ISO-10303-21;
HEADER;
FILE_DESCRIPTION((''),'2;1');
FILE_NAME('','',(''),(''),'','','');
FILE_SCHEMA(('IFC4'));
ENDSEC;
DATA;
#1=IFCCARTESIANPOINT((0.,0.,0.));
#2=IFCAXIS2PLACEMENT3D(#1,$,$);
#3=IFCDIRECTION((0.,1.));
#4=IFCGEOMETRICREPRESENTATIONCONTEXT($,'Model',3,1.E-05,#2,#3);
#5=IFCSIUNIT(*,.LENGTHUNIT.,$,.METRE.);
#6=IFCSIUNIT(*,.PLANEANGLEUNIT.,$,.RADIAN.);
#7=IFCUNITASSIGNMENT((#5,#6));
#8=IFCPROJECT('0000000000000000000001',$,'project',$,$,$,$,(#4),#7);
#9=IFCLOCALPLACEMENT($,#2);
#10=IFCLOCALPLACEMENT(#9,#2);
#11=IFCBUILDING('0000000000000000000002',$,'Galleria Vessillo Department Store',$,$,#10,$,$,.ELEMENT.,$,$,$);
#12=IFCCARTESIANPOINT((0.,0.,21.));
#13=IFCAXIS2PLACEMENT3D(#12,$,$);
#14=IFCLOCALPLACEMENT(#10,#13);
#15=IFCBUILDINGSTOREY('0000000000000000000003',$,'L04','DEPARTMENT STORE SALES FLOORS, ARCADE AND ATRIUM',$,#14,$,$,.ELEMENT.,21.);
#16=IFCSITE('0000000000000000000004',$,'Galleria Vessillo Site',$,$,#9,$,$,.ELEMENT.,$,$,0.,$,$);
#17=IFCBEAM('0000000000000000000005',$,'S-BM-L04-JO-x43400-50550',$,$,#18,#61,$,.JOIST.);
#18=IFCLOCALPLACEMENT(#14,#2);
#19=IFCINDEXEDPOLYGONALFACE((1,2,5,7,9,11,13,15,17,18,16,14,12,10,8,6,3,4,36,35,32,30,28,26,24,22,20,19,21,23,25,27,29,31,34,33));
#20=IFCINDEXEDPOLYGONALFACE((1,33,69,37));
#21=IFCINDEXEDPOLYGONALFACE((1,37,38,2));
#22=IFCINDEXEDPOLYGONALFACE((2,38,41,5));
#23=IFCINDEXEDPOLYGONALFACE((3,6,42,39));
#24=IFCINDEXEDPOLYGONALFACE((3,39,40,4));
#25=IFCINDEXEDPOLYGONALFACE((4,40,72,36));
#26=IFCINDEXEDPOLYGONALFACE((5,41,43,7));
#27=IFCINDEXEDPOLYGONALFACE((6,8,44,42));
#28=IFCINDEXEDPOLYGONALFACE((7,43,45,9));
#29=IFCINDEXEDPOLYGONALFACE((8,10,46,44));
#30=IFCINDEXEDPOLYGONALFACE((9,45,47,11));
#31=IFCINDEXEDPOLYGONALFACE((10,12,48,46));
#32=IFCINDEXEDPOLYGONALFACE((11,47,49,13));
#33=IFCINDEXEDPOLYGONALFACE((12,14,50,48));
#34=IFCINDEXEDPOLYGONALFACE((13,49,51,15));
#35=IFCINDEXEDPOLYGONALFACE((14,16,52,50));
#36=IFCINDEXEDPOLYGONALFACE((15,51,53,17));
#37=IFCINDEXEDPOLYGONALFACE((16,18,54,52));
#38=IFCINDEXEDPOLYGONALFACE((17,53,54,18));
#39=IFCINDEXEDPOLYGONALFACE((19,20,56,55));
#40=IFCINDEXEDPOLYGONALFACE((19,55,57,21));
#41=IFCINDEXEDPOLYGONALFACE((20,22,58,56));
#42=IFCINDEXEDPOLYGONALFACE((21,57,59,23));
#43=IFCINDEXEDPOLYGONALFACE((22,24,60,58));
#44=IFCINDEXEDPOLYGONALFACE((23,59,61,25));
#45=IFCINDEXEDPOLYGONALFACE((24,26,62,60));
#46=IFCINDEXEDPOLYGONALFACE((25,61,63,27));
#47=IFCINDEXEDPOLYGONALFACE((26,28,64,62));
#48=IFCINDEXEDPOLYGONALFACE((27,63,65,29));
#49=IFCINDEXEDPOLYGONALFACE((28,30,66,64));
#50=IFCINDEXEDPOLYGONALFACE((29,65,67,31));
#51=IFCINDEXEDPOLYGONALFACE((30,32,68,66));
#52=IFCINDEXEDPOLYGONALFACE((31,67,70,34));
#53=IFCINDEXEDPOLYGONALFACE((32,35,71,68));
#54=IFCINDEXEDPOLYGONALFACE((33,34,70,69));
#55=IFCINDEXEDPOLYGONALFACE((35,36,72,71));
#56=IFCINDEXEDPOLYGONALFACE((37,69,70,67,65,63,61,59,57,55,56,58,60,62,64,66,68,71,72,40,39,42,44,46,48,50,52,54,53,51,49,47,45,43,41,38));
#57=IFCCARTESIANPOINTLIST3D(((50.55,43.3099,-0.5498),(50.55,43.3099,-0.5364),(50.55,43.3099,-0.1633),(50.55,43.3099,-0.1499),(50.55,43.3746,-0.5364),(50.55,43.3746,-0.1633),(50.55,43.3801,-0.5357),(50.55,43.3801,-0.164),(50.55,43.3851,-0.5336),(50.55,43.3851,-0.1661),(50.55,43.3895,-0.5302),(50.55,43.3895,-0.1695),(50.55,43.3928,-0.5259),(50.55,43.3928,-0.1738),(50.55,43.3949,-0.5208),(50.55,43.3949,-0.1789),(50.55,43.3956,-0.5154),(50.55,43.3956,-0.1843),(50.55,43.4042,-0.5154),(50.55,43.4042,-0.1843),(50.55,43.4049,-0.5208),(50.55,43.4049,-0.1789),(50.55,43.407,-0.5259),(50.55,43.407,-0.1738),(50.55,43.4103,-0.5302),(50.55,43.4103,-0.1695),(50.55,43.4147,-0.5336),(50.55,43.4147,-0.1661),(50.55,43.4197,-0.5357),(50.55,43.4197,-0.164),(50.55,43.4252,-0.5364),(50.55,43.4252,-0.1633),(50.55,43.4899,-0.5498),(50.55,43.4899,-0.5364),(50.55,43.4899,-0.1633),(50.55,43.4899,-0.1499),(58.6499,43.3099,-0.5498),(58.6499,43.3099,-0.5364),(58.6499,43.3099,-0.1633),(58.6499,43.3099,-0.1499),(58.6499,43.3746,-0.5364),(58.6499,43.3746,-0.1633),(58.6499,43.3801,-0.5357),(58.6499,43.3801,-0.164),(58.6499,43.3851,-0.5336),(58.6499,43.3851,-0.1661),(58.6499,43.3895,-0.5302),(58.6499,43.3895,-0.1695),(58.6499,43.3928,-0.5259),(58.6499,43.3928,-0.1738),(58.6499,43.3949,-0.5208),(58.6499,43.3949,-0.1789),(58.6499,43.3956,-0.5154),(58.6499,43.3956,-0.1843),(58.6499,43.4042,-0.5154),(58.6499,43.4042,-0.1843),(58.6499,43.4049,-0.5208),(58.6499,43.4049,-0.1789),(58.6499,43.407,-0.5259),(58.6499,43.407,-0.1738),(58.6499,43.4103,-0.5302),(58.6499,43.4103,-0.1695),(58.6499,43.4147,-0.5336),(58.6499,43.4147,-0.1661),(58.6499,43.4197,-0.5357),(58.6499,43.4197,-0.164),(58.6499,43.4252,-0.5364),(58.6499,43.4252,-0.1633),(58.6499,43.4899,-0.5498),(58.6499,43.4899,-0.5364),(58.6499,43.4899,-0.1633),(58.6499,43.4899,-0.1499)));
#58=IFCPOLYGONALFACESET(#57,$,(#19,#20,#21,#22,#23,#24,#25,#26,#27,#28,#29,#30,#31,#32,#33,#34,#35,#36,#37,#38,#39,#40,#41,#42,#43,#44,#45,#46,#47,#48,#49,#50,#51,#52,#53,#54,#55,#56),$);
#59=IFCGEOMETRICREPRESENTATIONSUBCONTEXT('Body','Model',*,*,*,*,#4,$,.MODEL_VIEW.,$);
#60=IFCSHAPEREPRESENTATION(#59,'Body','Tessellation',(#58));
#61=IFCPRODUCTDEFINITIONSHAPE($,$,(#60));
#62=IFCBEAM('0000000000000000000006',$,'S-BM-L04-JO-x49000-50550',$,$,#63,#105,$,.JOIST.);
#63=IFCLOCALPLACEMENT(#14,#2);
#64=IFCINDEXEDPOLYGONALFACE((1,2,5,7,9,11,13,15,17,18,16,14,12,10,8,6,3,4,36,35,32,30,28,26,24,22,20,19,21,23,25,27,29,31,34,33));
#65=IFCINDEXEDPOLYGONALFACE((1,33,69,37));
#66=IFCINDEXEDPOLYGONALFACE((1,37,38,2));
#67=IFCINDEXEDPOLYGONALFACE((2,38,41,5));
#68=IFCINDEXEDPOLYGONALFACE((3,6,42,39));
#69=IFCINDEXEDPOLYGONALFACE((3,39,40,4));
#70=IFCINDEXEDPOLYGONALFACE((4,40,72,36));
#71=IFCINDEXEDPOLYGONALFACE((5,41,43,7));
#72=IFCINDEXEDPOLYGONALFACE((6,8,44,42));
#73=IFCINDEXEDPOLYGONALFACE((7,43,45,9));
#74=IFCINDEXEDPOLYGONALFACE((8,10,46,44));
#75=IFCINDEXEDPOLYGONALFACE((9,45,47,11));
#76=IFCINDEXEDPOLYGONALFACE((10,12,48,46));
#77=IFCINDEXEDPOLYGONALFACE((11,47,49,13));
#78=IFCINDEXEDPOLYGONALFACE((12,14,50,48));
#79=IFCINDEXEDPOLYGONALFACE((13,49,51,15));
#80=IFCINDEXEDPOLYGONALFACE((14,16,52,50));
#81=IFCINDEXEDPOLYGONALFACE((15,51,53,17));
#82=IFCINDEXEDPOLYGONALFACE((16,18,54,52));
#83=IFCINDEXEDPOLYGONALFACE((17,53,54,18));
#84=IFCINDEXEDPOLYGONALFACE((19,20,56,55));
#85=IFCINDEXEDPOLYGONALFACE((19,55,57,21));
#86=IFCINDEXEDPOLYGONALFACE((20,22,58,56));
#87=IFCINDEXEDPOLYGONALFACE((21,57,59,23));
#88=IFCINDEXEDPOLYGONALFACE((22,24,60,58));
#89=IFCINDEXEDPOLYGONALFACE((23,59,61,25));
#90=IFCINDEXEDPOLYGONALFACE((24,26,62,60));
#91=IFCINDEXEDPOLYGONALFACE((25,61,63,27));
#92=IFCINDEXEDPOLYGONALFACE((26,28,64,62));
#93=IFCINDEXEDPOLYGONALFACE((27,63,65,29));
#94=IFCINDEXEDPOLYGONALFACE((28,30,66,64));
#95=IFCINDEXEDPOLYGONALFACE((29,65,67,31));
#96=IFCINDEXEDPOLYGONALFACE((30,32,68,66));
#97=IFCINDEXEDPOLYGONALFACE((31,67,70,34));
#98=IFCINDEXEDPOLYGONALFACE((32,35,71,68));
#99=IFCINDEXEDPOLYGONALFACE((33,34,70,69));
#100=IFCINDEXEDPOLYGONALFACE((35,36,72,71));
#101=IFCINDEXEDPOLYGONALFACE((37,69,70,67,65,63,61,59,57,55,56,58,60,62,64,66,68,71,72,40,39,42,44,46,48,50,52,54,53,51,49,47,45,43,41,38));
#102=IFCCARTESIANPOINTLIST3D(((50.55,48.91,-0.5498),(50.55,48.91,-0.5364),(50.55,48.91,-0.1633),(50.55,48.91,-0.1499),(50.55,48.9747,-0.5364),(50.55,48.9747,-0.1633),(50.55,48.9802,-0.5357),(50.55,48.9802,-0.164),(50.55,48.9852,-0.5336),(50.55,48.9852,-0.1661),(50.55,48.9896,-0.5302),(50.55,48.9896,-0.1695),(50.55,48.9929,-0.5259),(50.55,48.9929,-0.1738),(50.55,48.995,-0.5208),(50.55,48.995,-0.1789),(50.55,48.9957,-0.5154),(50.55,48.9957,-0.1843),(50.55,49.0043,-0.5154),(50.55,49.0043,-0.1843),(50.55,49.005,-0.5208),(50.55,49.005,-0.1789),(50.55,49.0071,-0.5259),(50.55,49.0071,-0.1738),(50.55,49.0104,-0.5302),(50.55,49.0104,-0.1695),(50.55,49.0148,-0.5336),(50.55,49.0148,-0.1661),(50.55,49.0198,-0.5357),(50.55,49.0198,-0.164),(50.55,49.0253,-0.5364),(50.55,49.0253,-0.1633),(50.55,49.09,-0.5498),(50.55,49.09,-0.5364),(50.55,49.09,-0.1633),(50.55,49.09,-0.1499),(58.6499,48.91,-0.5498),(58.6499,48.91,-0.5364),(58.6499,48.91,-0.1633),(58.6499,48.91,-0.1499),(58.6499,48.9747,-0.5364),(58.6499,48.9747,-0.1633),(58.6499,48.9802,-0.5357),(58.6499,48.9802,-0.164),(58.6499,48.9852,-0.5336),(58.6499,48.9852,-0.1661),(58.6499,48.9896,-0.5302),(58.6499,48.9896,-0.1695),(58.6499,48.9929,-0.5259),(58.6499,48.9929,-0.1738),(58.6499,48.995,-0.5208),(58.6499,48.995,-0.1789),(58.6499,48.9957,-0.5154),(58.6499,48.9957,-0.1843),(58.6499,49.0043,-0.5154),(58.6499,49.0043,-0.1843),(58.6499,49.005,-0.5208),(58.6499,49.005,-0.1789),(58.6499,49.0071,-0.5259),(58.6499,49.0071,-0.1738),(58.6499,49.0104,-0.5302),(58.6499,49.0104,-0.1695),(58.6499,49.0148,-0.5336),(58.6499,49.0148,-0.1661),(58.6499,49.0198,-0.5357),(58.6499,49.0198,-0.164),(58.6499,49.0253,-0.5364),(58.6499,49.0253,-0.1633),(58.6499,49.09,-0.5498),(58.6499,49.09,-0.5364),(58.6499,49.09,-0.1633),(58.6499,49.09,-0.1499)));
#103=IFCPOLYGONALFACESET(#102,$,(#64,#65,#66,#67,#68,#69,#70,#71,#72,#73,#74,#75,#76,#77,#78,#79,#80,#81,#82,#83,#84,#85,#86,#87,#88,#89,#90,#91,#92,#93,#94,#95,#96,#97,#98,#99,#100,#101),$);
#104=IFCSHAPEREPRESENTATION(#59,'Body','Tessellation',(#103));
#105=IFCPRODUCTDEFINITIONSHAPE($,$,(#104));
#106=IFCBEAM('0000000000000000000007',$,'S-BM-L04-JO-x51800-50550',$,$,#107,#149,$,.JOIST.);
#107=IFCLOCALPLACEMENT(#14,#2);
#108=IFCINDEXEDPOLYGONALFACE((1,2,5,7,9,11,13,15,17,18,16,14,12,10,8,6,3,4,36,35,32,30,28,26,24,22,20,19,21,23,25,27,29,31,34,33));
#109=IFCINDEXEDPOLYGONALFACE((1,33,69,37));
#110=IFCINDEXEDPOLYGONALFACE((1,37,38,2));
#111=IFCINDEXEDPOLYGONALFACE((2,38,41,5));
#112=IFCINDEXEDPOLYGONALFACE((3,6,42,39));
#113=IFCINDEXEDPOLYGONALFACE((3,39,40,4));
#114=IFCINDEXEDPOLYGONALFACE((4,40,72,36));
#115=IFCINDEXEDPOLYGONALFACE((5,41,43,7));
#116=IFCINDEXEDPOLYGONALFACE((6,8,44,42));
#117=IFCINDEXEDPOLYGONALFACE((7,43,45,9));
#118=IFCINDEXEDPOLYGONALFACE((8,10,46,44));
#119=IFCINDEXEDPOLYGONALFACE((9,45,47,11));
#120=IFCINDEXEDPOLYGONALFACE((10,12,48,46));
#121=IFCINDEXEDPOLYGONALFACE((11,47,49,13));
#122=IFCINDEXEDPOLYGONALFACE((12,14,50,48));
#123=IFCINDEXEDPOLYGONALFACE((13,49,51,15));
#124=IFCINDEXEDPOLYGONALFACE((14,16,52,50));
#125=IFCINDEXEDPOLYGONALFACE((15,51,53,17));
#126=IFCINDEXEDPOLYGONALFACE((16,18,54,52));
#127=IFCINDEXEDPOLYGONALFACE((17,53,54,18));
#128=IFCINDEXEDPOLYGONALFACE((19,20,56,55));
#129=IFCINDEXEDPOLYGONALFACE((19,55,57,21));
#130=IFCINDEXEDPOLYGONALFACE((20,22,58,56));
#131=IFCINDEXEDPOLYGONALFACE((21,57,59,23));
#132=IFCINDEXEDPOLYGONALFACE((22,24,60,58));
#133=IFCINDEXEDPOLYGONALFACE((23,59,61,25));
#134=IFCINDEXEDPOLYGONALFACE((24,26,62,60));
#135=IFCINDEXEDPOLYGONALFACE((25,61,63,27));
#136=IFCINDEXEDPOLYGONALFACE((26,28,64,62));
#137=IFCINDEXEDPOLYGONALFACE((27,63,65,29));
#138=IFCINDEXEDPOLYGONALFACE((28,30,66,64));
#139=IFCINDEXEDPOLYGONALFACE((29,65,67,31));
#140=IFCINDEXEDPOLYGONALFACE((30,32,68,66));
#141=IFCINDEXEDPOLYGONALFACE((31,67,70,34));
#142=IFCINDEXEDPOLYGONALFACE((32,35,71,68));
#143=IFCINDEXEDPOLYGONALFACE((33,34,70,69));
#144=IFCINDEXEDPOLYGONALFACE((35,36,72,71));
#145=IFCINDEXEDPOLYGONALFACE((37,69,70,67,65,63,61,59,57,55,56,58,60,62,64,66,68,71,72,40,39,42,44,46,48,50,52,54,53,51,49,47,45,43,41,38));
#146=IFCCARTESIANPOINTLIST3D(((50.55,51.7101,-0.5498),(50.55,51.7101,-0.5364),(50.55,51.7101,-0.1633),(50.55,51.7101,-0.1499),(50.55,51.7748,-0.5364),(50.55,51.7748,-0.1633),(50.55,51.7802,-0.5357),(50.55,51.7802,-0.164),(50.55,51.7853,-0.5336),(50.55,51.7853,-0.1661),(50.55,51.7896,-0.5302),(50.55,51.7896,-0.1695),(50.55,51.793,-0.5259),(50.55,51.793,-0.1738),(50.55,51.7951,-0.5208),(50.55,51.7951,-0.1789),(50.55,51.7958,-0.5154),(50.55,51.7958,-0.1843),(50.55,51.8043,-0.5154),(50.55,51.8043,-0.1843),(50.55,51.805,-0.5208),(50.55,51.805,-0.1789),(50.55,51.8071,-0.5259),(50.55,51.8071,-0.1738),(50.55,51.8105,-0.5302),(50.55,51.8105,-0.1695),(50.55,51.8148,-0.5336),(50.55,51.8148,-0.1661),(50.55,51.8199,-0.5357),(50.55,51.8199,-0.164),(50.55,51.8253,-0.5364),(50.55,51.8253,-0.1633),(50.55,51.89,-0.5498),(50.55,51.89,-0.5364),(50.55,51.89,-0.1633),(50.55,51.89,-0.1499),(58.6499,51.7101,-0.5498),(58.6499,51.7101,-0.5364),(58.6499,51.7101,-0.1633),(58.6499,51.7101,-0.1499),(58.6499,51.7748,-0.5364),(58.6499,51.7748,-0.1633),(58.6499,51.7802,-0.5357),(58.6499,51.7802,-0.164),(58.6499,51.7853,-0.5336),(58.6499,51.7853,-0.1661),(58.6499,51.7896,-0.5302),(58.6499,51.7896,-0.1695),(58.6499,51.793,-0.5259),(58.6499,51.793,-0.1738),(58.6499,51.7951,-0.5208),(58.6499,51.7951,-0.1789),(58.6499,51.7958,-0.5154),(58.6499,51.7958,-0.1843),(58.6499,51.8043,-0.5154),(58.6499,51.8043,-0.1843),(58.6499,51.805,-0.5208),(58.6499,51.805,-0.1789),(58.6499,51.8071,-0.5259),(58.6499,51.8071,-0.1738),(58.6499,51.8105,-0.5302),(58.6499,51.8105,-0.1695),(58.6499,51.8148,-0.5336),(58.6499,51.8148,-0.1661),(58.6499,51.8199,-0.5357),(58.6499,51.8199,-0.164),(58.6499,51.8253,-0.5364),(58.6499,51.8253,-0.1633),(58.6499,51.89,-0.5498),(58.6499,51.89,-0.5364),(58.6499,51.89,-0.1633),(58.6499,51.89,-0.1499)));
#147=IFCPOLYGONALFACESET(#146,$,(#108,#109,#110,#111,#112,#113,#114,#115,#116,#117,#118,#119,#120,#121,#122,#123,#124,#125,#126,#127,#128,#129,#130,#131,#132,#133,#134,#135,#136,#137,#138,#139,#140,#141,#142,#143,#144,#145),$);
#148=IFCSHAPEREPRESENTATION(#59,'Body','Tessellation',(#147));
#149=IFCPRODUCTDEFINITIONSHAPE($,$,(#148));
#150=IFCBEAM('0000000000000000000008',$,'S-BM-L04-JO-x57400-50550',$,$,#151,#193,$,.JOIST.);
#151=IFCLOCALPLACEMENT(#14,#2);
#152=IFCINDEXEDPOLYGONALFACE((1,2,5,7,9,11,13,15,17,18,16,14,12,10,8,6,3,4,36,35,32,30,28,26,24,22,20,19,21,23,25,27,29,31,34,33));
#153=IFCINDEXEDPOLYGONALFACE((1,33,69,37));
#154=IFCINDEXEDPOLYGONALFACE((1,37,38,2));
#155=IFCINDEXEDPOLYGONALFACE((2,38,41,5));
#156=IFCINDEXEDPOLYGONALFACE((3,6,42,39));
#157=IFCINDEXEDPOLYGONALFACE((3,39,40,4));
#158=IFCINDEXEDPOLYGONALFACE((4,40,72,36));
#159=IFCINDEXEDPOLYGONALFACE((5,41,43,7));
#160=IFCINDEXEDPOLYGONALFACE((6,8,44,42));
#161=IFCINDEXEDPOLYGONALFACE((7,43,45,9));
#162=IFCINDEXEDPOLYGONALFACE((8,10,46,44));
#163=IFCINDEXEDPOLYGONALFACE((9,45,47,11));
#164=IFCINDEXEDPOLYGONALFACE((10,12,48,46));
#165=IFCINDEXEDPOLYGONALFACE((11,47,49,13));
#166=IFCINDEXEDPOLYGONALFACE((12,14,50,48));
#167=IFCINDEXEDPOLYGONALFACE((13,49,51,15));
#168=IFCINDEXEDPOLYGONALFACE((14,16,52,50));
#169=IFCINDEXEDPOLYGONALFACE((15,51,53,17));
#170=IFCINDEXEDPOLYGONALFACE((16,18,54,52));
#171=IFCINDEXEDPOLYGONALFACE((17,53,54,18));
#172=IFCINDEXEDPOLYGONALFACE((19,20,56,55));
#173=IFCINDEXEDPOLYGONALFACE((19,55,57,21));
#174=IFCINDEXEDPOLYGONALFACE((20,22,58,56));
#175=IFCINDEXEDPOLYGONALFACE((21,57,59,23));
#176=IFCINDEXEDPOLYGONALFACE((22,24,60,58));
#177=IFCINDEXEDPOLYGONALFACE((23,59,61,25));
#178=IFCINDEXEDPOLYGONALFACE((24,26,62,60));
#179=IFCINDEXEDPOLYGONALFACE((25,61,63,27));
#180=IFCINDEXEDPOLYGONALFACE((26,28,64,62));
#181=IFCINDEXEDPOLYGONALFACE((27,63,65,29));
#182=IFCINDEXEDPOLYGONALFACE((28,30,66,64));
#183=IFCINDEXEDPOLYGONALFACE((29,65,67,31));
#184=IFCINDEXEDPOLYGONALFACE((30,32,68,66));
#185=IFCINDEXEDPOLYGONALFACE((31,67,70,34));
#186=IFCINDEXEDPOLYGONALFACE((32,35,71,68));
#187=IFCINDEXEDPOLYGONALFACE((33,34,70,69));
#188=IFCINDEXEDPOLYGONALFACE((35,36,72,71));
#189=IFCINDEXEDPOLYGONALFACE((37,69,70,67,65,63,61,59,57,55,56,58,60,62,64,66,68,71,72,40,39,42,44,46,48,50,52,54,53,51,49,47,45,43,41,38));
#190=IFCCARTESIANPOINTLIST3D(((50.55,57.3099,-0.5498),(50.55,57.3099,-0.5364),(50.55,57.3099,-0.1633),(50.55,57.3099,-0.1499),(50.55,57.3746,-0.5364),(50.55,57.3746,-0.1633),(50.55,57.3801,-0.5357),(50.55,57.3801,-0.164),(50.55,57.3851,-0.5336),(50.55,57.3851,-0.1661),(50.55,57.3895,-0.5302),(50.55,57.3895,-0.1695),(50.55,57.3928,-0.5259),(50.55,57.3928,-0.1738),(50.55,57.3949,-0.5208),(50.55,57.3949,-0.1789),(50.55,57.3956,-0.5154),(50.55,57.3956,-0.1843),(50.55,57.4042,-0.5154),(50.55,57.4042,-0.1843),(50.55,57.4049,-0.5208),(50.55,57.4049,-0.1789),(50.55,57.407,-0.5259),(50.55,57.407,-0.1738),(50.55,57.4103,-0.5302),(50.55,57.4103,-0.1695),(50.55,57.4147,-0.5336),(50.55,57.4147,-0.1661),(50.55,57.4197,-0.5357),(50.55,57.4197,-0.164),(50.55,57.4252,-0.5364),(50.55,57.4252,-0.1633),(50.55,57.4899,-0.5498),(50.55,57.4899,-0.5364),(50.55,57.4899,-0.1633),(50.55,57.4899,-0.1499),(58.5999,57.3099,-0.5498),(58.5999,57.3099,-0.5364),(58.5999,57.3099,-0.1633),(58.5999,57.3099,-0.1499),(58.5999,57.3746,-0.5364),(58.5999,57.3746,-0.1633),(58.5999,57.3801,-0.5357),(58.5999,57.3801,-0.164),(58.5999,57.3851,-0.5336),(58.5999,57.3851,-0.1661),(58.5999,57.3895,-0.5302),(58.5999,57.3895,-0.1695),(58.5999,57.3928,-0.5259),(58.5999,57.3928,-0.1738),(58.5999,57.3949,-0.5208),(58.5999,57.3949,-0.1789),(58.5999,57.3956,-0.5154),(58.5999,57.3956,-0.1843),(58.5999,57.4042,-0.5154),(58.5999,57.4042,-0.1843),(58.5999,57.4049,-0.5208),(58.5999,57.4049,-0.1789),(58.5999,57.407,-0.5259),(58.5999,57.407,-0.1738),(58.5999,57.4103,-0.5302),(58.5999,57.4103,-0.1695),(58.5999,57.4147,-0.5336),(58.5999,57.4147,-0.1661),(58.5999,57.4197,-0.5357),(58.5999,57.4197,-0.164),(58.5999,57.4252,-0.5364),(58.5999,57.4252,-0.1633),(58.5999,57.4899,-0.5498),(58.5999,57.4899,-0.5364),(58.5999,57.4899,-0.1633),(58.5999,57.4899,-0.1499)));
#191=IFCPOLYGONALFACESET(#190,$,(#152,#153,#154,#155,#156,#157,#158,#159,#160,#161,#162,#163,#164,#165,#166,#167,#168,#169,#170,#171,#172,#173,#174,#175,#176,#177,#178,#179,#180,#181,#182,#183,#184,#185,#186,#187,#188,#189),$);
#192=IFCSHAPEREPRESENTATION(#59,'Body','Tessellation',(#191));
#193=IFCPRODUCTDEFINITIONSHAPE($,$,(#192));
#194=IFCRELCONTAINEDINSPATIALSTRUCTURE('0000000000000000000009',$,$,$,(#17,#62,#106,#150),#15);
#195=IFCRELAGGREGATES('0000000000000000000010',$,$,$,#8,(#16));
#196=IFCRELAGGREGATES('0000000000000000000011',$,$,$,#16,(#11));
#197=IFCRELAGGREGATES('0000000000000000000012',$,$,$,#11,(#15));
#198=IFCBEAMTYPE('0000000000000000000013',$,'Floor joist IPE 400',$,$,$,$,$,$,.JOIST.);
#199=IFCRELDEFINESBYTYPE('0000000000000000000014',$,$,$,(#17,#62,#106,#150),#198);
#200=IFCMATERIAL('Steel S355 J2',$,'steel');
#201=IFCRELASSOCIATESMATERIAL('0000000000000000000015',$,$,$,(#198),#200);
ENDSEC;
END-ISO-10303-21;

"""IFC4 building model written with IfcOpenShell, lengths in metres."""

from ifc_helpers import new_model, si_unit, direction, frame, origin, origin_2d, place, context, subcontext, project, spatial, i_section, extrude, material, material_profile, profile_set, type_object, element, save


model = new_model("IFC4")

# Units and contexts
model_context = context("Model", 3, precision=1e-05, world=origin(), true_north=direction((0.0, 1.0)))
body_context = subcontext(model_context, "Body", "Model", "MODEL_VIEW")
ifc_project = project(units=[si_unit("LENGTHUNIT", "METRE"), si_unit("PLANEANGLEUNIT", "RADIAN")], contexts=[model_context])

# Site, building, storey
site_placement = place(None, origin())
site = spatial("IfcSite", under=ifc_project, at=site_placement, Name="Galleria Vessillo Site", CompositionType="ELEMENT", RefElevation=0.0)
building_placement = place(site_placement, origin())
building = spatial("IfcBuilding", under=site, at=building_placement, Name="Galleria Vessillo Department Store", CompositionType="ELEMENT")
storey_placement = place(building_placement, frame((0.0, 0.0, 21.0)))
storey = spatial("IfcBuildingStorey", under=building, at=storey_placement, Name="L04", Description="DEPARTMENT STORE SALES FLOORS, ARCADE AND ATRIUM", CompositionType="ELEMENT", Elevation=21.0)

# Beams
ifc_material_1 = material(Name="Steel S355 J2", Category="steel")
ifc_material_profile_1 = material_profile(ifc_material_1, i_section(OverallWidth=0.1799, OverallDepth=0.3999, WebThickness=0.0085, FlangeThickness=0.0134, FilletRadius=0.021, at=origin_2d()), Name="IPE 400")
ifc_profile_set_1 = profile_set([ifc_material_profile_1], Name="Steel S355 J2")
beam_type_1 = type_object("IfcBeamType", Name="Floor joist IPE 400", PredefinedType="JOIST", material=ifc_profile_set_1)
for number, where, z_axis, x_axis, name in (
    (1, (50.55, 43.3999, -0.3499), (1.0, 0.0, 0.0), (0.0, 1.0, 0.0), "S-BM-L04-JO-x43400-50550"),
    (2, (50.55, 49.0, -0.3499), (1.0, 0.0, 0.0), (0.0, 1.0, 0.0), "S-BM-L04-JO-x49000-50550"),
    (3, (50.55, 51.8, -0.3499), (1.0, 0.0, 0.0), (0.0, 1.0, 0.0), "S-BM-L04-JO-x51800-50550"),
):
    element("IfcBeam", number, at=place(storey_placement, frame(where, z_axis=z_axis, x_axis=x_axis)), inside=storey, type_object=beam_type_1, Name=name, PredefinedType="JOIST", context=body_context, shape_type="SweptSolid", body=[
        extrude(i_section(OverallWidth=0.1799, OverallDepth=0.3999, WebThickness=0.0085, FlangeThickness=0.0134, FilletRadius=0.021, at=origin_2d()), origin(), (0.0, 0.0, 1.0), 8.0999),
    ])
for number, where, z_axis, x_axis, name in (
    (4, (50.55, 57.3999, -0.3499), (1.0, 0.0, 0.0), (0.0, 1.0, 0.0), "S-BM-L04-JO-x57400-50550"),
):
    element("IfcBeam", number, at=place(storey_placement, frame(where, z_axis=z_axis, x_axis=x_axis)), inside=storey, type_object=beam_type_1, Name=name, PredefinedType="JOIST", context=body_context, shape_type="SweptSolid", body=[
        extrude(i_section(OverallWidth=0.1799, OverallDepth=0.3999, WebThickness=0.0085, FlangeThickness=0.0134, FilletRadius=0.021, at=origin_2d()), origin(), (0.0, 0.0, 1.0), 8.0498),
    ])

save(model, "model.ifc")
